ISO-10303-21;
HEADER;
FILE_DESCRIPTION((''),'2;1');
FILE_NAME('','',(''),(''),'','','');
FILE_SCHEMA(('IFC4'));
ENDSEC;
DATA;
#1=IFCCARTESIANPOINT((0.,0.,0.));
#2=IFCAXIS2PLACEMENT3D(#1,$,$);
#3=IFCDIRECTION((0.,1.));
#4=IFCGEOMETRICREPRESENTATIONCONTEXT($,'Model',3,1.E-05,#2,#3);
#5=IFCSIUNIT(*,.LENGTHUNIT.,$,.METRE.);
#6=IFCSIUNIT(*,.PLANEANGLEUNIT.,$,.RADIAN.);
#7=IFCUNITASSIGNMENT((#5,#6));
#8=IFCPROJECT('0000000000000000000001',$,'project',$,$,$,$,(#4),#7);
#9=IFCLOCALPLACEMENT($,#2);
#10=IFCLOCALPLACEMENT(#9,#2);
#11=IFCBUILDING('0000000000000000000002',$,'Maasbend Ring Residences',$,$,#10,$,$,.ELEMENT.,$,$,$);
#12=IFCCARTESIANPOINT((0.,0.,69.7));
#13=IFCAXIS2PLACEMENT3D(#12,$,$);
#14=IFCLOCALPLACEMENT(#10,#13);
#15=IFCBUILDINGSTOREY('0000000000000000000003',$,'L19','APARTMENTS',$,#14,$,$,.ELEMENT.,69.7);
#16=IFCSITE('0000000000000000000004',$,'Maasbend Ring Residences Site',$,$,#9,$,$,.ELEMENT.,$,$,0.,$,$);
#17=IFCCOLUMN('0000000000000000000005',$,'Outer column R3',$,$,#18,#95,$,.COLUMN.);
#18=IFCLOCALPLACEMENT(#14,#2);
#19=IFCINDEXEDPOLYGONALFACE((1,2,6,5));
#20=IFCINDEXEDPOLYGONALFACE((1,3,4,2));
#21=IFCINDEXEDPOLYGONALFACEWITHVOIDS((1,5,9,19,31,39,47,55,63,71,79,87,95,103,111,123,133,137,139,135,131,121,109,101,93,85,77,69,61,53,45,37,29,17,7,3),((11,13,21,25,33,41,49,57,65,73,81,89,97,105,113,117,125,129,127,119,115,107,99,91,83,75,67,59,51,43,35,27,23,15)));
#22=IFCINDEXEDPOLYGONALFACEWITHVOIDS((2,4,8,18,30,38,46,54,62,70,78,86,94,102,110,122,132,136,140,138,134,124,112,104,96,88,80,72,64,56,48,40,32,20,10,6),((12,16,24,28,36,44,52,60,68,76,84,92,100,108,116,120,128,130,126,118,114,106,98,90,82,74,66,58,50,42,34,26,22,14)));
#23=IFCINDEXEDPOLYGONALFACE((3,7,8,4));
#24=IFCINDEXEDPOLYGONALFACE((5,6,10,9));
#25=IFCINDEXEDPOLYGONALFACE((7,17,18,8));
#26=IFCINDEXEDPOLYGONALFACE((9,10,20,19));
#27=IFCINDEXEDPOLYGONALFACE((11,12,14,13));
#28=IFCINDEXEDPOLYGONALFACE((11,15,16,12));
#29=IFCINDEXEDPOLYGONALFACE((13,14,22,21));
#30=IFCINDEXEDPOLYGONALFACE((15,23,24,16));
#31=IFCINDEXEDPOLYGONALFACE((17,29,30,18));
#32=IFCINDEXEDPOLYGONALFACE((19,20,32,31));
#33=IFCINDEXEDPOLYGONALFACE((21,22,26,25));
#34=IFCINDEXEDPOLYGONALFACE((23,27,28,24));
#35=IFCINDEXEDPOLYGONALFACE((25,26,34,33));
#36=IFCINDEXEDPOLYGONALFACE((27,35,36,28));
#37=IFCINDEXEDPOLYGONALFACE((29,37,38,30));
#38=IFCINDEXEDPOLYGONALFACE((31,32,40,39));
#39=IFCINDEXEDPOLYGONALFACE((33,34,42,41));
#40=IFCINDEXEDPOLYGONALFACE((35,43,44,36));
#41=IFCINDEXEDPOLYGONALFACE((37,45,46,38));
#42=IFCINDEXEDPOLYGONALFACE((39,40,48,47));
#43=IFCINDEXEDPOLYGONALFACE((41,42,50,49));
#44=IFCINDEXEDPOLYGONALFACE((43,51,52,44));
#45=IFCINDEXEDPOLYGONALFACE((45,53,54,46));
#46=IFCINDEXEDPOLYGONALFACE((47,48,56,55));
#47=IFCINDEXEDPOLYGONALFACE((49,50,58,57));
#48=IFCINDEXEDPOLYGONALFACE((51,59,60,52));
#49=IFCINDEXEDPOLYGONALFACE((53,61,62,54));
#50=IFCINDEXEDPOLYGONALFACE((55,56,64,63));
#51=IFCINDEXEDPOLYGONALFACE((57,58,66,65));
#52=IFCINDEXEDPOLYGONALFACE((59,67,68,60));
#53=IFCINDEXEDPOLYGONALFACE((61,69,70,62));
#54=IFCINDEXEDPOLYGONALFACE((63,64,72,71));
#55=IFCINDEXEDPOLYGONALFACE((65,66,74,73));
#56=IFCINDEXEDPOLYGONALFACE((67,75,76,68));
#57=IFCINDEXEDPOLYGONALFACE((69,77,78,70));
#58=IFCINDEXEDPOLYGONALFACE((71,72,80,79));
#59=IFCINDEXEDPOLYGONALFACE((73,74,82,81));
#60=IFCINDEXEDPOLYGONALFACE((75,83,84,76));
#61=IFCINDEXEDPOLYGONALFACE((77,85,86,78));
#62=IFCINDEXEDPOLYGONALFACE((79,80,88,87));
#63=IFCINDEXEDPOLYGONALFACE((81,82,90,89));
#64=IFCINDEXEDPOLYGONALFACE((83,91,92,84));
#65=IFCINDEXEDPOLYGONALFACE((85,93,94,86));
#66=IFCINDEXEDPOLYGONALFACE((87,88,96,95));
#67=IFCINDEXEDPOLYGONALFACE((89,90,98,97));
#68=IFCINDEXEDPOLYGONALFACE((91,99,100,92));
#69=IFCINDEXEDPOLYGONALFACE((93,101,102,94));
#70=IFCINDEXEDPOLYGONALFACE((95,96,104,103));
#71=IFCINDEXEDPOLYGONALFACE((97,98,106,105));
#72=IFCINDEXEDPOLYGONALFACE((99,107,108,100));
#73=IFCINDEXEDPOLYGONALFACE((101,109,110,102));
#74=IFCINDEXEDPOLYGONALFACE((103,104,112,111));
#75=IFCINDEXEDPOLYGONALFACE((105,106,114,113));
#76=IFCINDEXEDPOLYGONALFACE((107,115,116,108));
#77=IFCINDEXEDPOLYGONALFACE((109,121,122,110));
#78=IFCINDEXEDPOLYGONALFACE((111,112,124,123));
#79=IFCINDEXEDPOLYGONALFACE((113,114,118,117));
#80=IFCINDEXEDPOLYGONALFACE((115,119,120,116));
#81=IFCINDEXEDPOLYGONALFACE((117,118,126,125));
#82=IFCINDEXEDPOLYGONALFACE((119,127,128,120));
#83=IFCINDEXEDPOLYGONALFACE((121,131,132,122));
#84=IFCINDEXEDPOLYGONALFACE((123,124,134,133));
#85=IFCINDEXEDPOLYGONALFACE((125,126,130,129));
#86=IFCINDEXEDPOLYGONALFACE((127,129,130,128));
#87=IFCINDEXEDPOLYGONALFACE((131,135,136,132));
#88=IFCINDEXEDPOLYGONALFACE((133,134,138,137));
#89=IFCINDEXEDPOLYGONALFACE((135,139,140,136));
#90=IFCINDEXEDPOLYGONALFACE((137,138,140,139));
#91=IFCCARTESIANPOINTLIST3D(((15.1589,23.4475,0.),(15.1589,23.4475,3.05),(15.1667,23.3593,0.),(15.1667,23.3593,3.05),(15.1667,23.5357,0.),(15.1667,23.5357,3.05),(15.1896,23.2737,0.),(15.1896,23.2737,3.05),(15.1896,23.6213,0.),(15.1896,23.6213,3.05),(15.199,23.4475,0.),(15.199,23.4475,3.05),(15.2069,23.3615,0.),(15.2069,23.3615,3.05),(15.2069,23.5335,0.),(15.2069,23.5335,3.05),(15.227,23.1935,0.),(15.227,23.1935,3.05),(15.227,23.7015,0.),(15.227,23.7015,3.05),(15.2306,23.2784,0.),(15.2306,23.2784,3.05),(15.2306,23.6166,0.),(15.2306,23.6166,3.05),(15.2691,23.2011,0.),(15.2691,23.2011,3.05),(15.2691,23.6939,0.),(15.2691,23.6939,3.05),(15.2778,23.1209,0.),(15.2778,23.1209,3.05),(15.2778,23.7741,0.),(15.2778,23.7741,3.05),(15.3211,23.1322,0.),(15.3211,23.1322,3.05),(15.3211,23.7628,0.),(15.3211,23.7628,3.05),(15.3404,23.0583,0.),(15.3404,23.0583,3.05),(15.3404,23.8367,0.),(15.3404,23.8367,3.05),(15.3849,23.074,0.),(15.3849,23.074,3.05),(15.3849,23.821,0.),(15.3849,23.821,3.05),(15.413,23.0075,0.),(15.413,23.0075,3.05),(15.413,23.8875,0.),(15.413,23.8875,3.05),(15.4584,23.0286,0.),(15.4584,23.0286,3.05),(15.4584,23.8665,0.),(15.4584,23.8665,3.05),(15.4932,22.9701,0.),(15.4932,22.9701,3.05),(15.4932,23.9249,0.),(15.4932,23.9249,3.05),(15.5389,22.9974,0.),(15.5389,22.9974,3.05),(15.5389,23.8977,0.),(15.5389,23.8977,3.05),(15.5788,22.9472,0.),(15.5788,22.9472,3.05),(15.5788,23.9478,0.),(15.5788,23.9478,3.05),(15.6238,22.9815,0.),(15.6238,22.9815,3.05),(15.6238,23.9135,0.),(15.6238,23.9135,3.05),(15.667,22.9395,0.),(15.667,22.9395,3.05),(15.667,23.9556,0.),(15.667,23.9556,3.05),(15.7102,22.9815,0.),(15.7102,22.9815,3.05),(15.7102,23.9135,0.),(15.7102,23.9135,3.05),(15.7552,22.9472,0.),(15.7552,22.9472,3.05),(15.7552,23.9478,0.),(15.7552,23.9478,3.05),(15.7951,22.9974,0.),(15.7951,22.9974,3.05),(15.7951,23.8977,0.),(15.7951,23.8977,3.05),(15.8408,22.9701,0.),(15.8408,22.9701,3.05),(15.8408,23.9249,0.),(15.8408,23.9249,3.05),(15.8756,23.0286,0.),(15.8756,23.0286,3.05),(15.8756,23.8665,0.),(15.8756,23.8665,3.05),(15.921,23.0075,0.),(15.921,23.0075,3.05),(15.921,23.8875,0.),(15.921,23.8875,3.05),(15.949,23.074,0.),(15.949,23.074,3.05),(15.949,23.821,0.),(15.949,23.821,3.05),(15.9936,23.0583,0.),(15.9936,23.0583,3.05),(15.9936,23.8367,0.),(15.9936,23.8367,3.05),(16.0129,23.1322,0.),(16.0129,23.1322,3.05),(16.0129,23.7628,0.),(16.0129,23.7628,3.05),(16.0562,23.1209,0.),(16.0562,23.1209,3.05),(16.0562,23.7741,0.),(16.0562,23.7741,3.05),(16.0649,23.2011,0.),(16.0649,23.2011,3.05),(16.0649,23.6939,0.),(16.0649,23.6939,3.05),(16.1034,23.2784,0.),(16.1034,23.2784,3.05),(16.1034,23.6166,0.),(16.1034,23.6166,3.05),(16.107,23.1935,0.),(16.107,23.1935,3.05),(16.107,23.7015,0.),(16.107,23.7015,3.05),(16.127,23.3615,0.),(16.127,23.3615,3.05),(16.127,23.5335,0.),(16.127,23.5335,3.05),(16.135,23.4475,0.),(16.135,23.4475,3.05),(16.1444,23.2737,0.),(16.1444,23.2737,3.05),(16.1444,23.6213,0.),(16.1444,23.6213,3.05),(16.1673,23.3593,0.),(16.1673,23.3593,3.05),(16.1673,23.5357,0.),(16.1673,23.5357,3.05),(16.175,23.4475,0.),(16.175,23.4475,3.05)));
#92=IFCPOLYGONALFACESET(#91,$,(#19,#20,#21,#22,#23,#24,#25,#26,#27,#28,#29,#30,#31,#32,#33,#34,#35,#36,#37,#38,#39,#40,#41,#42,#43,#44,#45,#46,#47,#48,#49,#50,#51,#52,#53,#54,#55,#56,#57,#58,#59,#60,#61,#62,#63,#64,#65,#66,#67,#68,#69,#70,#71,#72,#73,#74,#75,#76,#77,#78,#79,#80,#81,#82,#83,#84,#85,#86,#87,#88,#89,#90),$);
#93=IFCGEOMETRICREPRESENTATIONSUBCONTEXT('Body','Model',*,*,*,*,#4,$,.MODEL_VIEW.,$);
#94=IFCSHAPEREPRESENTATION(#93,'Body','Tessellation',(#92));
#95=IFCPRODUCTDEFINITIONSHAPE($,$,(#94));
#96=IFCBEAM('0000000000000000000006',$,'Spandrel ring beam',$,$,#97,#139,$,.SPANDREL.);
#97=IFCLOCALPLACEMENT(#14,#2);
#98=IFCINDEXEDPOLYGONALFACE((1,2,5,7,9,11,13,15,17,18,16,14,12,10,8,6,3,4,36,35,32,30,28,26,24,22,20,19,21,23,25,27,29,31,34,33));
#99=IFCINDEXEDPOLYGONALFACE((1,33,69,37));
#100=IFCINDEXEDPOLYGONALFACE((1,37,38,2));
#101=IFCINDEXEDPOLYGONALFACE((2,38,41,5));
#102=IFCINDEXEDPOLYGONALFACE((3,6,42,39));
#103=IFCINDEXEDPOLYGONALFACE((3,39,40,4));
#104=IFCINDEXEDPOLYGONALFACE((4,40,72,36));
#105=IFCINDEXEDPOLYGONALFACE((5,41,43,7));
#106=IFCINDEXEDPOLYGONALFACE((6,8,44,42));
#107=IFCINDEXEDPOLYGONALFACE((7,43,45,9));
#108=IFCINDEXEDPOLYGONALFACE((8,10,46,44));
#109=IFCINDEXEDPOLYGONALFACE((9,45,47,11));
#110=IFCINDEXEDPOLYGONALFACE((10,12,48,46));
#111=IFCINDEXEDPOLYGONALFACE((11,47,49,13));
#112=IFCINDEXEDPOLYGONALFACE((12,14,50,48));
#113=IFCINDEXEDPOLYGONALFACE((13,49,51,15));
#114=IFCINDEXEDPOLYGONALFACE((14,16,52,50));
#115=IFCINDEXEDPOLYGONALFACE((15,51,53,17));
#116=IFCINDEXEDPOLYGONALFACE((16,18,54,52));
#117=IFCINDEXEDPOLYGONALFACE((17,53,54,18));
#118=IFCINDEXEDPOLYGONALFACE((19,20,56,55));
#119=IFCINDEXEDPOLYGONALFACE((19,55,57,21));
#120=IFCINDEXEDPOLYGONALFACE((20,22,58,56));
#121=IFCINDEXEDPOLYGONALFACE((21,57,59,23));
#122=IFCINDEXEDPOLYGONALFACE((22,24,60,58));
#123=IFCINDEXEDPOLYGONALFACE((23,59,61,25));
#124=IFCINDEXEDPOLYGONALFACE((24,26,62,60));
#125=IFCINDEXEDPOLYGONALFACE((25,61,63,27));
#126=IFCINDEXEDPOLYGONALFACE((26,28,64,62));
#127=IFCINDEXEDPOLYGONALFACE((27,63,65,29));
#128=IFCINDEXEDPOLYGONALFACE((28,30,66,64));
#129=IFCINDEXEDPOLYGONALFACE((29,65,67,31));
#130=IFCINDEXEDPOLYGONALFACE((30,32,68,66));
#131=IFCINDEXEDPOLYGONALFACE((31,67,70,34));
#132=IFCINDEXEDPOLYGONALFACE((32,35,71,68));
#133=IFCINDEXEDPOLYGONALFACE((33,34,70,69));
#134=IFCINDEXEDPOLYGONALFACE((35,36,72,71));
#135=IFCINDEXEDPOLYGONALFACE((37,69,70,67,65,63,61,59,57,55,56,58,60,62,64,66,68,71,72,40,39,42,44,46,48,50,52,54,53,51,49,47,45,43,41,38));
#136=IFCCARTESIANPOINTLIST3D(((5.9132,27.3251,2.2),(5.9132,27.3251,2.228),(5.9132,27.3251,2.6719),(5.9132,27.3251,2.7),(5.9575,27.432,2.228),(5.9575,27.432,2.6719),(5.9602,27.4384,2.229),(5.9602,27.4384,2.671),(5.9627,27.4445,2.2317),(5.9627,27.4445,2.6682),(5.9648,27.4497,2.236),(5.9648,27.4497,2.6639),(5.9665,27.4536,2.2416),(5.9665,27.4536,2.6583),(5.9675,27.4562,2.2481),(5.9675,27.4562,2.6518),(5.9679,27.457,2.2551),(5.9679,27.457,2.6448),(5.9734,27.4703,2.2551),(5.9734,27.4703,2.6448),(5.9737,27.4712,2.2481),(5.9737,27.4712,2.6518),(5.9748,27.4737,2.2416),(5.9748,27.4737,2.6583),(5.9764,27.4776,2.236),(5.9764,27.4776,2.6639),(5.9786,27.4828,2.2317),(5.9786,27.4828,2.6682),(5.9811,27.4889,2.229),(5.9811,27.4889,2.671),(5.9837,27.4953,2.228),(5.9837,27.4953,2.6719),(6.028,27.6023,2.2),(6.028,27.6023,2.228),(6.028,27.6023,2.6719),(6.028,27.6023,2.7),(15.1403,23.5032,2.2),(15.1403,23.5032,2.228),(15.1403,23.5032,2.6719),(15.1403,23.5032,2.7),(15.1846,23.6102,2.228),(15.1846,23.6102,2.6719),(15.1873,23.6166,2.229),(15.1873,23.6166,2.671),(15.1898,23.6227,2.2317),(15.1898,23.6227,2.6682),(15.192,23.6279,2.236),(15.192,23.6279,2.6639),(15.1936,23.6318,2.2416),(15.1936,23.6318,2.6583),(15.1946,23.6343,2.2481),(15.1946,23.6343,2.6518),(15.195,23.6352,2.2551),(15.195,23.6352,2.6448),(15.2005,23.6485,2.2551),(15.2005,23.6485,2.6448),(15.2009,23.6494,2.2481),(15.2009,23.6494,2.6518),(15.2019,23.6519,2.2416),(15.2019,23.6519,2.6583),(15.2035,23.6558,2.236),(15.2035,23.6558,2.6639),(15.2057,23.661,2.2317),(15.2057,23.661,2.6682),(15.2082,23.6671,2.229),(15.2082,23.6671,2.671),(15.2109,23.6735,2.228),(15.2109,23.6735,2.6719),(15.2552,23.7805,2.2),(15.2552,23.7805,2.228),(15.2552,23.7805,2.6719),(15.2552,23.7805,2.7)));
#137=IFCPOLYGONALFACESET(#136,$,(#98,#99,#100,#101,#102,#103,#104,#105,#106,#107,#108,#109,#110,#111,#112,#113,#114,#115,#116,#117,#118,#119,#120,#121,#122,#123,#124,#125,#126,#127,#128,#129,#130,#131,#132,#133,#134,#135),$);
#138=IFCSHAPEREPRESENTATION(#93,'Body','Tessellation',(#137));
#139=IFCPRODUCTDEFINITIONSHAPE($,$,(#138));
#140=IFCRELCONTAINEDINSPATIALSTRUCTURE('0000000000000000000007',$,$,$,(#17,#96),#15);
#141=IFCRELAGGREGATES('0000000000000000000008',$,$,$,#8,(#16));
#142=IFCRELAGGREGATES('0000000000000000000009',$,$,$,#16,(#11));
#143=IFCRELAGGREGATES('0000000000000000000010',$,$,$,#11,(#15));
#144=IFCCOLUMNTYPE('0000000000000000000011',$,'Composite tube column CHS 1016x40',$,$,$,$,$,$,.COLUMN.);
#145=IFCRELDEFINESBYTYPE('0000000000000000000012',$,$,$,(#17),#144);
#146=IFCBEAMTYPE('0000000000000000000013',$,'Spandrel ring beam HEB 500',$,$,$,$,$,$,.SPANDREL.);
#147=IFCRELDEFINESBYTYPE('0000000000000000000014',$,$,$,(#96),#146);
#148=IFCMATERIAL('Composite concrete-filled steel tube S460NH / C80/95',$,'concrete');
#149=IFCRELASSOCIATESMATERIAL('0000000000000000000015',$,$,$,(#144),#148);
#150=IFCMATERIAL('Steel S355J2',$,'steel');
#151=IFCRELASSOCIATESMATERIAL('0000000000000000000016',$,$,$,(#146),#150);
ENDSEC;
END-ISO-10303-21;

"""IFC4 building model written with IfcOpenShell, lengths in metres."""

from ifc_helpers import new_model, si_unit, direction, frame, origin, origin_2d, place, context, subcontext, project, spatial, hollow_circle, i_section, extrude, material, material_profile, profile_set, type_object, element, save


model = new_model("IFC4")

# Units and contexts
model_context = context("Model", 3, precision=1e-05, world=origin(), true_north=direction((0.0, 1.0)))
body_context = subcontext(model_context, "Body", "Model", "MODEL_VIEW")
ifc_project = project(units=[si_unit("LENGTHUNIT", "METRE"), si_unit("PLANEANGLEUNIT", "RADIAN")], contexts=[model_context])

# Site, building, storey
site_placement = place(None, origin())
site = spatial("IfcSite", under=ifc_project, at=site_placement, Name="Maasbend Ring Residences Site", CompositionType="ELEMENT", RefElevation=0.0)
building_placement = place(site_placement, origin())
building = spatial("IfcBuilding", under=site, at=building_placement, Name="Maasbend Ring Residences", CompositionType="ELEMENT")
storey_placement = place(building_placement, frame((0.0, 0.0, 69.7)))
storey = spatial("IfcBuildingStorey", under=building, at=storey_placement, Name="L19", Description="APARTMENTS", CompositionType="ELEMENT", Elevation=69.7)

# Column
ifc_material_1 = material(Name="Composite concrete-filled steel tube S460NH / C80/95", Category="concrete")
ifc_material_profile_1 = material_profile(ifc_material_1, hollow_circle(Radius=0.5081, WallThickness=0.04, at=origin_2d()), Name="Composite tube column CHS 1016x40")
ifc_profile_set_1 = profile_set([ifc_material_profile_1], Name="Composite concrete-filled steel tube S460NH / C80/95")
column_type = type_object("IfcColumnType", Name="Composite tube column CHS 1016x40", PredefinedType="COLUMN", material=ifc_profile_set_1)
column_placement = place(storey_placement, frame((15.667, 23.4475, 0.0), z_axis=(0.0, 0.0, 1.0), x_axis=(1.0, 0.0, 0.0)))
element("IfcColumn", 1, at=column_placement, inside=storey, type_object=column_type, Name="Outer column R3", PredefinedType="COLUMN", context=body_context, shape_type="SweptSolid", body=[
    extrude(hollow_circle(Radius=0.5081, WallThickness=0.04, at=origin_2d()), origin(), (0.0, 0.0, 1.0), 3.05),
])

# Beam
ifc_material_2 = material(Name="Steel S355J2", Category="steel")
ifc_material_profile_2 = material_profile(ifc_material_2, i_section(OverallWidth=0.3, OverallDepth=0.5, WebThickness=0.0144, FlangeThickness=0.0281, FilletRadius=0.0271, at=origin_2d()), Name="HEB 500")
ifc_profile_set_2 = profile_set([ifc_material_profile_2], Name="Steel S355J2")
beam_type = type_object("IfcBeamType", Name="Spandrel ring beam HEB 500", PredefinedType="SPANDREL", material=ifc_profile_set_2)
beam_placement = place(storey_placement, frame((15.1978, 23.6418, 2.45), z_axis=(-0.923886, 0.382667, 0.0), x_axis=(-0.382667, -0.923886, 0.0)))
element("IfcBeam", 2, at=beam_placement, inside=storey, type_object=beam_type, Name="Spandrel ring beam", PredefinedType="SPANDREL", context=body_context, shape_type="SweptSolid", body=[
    extrude(i_section(OverallWidth=0.3, OverallDepth=0.5, WebThickness=0.0144, FlangeThickness=0.0281, FilletRadius=0.0271, at=origin_2d()), origin(), (0.0, 0.0, 1.0), 9.9873),
])

save(model, "model.ifc")
